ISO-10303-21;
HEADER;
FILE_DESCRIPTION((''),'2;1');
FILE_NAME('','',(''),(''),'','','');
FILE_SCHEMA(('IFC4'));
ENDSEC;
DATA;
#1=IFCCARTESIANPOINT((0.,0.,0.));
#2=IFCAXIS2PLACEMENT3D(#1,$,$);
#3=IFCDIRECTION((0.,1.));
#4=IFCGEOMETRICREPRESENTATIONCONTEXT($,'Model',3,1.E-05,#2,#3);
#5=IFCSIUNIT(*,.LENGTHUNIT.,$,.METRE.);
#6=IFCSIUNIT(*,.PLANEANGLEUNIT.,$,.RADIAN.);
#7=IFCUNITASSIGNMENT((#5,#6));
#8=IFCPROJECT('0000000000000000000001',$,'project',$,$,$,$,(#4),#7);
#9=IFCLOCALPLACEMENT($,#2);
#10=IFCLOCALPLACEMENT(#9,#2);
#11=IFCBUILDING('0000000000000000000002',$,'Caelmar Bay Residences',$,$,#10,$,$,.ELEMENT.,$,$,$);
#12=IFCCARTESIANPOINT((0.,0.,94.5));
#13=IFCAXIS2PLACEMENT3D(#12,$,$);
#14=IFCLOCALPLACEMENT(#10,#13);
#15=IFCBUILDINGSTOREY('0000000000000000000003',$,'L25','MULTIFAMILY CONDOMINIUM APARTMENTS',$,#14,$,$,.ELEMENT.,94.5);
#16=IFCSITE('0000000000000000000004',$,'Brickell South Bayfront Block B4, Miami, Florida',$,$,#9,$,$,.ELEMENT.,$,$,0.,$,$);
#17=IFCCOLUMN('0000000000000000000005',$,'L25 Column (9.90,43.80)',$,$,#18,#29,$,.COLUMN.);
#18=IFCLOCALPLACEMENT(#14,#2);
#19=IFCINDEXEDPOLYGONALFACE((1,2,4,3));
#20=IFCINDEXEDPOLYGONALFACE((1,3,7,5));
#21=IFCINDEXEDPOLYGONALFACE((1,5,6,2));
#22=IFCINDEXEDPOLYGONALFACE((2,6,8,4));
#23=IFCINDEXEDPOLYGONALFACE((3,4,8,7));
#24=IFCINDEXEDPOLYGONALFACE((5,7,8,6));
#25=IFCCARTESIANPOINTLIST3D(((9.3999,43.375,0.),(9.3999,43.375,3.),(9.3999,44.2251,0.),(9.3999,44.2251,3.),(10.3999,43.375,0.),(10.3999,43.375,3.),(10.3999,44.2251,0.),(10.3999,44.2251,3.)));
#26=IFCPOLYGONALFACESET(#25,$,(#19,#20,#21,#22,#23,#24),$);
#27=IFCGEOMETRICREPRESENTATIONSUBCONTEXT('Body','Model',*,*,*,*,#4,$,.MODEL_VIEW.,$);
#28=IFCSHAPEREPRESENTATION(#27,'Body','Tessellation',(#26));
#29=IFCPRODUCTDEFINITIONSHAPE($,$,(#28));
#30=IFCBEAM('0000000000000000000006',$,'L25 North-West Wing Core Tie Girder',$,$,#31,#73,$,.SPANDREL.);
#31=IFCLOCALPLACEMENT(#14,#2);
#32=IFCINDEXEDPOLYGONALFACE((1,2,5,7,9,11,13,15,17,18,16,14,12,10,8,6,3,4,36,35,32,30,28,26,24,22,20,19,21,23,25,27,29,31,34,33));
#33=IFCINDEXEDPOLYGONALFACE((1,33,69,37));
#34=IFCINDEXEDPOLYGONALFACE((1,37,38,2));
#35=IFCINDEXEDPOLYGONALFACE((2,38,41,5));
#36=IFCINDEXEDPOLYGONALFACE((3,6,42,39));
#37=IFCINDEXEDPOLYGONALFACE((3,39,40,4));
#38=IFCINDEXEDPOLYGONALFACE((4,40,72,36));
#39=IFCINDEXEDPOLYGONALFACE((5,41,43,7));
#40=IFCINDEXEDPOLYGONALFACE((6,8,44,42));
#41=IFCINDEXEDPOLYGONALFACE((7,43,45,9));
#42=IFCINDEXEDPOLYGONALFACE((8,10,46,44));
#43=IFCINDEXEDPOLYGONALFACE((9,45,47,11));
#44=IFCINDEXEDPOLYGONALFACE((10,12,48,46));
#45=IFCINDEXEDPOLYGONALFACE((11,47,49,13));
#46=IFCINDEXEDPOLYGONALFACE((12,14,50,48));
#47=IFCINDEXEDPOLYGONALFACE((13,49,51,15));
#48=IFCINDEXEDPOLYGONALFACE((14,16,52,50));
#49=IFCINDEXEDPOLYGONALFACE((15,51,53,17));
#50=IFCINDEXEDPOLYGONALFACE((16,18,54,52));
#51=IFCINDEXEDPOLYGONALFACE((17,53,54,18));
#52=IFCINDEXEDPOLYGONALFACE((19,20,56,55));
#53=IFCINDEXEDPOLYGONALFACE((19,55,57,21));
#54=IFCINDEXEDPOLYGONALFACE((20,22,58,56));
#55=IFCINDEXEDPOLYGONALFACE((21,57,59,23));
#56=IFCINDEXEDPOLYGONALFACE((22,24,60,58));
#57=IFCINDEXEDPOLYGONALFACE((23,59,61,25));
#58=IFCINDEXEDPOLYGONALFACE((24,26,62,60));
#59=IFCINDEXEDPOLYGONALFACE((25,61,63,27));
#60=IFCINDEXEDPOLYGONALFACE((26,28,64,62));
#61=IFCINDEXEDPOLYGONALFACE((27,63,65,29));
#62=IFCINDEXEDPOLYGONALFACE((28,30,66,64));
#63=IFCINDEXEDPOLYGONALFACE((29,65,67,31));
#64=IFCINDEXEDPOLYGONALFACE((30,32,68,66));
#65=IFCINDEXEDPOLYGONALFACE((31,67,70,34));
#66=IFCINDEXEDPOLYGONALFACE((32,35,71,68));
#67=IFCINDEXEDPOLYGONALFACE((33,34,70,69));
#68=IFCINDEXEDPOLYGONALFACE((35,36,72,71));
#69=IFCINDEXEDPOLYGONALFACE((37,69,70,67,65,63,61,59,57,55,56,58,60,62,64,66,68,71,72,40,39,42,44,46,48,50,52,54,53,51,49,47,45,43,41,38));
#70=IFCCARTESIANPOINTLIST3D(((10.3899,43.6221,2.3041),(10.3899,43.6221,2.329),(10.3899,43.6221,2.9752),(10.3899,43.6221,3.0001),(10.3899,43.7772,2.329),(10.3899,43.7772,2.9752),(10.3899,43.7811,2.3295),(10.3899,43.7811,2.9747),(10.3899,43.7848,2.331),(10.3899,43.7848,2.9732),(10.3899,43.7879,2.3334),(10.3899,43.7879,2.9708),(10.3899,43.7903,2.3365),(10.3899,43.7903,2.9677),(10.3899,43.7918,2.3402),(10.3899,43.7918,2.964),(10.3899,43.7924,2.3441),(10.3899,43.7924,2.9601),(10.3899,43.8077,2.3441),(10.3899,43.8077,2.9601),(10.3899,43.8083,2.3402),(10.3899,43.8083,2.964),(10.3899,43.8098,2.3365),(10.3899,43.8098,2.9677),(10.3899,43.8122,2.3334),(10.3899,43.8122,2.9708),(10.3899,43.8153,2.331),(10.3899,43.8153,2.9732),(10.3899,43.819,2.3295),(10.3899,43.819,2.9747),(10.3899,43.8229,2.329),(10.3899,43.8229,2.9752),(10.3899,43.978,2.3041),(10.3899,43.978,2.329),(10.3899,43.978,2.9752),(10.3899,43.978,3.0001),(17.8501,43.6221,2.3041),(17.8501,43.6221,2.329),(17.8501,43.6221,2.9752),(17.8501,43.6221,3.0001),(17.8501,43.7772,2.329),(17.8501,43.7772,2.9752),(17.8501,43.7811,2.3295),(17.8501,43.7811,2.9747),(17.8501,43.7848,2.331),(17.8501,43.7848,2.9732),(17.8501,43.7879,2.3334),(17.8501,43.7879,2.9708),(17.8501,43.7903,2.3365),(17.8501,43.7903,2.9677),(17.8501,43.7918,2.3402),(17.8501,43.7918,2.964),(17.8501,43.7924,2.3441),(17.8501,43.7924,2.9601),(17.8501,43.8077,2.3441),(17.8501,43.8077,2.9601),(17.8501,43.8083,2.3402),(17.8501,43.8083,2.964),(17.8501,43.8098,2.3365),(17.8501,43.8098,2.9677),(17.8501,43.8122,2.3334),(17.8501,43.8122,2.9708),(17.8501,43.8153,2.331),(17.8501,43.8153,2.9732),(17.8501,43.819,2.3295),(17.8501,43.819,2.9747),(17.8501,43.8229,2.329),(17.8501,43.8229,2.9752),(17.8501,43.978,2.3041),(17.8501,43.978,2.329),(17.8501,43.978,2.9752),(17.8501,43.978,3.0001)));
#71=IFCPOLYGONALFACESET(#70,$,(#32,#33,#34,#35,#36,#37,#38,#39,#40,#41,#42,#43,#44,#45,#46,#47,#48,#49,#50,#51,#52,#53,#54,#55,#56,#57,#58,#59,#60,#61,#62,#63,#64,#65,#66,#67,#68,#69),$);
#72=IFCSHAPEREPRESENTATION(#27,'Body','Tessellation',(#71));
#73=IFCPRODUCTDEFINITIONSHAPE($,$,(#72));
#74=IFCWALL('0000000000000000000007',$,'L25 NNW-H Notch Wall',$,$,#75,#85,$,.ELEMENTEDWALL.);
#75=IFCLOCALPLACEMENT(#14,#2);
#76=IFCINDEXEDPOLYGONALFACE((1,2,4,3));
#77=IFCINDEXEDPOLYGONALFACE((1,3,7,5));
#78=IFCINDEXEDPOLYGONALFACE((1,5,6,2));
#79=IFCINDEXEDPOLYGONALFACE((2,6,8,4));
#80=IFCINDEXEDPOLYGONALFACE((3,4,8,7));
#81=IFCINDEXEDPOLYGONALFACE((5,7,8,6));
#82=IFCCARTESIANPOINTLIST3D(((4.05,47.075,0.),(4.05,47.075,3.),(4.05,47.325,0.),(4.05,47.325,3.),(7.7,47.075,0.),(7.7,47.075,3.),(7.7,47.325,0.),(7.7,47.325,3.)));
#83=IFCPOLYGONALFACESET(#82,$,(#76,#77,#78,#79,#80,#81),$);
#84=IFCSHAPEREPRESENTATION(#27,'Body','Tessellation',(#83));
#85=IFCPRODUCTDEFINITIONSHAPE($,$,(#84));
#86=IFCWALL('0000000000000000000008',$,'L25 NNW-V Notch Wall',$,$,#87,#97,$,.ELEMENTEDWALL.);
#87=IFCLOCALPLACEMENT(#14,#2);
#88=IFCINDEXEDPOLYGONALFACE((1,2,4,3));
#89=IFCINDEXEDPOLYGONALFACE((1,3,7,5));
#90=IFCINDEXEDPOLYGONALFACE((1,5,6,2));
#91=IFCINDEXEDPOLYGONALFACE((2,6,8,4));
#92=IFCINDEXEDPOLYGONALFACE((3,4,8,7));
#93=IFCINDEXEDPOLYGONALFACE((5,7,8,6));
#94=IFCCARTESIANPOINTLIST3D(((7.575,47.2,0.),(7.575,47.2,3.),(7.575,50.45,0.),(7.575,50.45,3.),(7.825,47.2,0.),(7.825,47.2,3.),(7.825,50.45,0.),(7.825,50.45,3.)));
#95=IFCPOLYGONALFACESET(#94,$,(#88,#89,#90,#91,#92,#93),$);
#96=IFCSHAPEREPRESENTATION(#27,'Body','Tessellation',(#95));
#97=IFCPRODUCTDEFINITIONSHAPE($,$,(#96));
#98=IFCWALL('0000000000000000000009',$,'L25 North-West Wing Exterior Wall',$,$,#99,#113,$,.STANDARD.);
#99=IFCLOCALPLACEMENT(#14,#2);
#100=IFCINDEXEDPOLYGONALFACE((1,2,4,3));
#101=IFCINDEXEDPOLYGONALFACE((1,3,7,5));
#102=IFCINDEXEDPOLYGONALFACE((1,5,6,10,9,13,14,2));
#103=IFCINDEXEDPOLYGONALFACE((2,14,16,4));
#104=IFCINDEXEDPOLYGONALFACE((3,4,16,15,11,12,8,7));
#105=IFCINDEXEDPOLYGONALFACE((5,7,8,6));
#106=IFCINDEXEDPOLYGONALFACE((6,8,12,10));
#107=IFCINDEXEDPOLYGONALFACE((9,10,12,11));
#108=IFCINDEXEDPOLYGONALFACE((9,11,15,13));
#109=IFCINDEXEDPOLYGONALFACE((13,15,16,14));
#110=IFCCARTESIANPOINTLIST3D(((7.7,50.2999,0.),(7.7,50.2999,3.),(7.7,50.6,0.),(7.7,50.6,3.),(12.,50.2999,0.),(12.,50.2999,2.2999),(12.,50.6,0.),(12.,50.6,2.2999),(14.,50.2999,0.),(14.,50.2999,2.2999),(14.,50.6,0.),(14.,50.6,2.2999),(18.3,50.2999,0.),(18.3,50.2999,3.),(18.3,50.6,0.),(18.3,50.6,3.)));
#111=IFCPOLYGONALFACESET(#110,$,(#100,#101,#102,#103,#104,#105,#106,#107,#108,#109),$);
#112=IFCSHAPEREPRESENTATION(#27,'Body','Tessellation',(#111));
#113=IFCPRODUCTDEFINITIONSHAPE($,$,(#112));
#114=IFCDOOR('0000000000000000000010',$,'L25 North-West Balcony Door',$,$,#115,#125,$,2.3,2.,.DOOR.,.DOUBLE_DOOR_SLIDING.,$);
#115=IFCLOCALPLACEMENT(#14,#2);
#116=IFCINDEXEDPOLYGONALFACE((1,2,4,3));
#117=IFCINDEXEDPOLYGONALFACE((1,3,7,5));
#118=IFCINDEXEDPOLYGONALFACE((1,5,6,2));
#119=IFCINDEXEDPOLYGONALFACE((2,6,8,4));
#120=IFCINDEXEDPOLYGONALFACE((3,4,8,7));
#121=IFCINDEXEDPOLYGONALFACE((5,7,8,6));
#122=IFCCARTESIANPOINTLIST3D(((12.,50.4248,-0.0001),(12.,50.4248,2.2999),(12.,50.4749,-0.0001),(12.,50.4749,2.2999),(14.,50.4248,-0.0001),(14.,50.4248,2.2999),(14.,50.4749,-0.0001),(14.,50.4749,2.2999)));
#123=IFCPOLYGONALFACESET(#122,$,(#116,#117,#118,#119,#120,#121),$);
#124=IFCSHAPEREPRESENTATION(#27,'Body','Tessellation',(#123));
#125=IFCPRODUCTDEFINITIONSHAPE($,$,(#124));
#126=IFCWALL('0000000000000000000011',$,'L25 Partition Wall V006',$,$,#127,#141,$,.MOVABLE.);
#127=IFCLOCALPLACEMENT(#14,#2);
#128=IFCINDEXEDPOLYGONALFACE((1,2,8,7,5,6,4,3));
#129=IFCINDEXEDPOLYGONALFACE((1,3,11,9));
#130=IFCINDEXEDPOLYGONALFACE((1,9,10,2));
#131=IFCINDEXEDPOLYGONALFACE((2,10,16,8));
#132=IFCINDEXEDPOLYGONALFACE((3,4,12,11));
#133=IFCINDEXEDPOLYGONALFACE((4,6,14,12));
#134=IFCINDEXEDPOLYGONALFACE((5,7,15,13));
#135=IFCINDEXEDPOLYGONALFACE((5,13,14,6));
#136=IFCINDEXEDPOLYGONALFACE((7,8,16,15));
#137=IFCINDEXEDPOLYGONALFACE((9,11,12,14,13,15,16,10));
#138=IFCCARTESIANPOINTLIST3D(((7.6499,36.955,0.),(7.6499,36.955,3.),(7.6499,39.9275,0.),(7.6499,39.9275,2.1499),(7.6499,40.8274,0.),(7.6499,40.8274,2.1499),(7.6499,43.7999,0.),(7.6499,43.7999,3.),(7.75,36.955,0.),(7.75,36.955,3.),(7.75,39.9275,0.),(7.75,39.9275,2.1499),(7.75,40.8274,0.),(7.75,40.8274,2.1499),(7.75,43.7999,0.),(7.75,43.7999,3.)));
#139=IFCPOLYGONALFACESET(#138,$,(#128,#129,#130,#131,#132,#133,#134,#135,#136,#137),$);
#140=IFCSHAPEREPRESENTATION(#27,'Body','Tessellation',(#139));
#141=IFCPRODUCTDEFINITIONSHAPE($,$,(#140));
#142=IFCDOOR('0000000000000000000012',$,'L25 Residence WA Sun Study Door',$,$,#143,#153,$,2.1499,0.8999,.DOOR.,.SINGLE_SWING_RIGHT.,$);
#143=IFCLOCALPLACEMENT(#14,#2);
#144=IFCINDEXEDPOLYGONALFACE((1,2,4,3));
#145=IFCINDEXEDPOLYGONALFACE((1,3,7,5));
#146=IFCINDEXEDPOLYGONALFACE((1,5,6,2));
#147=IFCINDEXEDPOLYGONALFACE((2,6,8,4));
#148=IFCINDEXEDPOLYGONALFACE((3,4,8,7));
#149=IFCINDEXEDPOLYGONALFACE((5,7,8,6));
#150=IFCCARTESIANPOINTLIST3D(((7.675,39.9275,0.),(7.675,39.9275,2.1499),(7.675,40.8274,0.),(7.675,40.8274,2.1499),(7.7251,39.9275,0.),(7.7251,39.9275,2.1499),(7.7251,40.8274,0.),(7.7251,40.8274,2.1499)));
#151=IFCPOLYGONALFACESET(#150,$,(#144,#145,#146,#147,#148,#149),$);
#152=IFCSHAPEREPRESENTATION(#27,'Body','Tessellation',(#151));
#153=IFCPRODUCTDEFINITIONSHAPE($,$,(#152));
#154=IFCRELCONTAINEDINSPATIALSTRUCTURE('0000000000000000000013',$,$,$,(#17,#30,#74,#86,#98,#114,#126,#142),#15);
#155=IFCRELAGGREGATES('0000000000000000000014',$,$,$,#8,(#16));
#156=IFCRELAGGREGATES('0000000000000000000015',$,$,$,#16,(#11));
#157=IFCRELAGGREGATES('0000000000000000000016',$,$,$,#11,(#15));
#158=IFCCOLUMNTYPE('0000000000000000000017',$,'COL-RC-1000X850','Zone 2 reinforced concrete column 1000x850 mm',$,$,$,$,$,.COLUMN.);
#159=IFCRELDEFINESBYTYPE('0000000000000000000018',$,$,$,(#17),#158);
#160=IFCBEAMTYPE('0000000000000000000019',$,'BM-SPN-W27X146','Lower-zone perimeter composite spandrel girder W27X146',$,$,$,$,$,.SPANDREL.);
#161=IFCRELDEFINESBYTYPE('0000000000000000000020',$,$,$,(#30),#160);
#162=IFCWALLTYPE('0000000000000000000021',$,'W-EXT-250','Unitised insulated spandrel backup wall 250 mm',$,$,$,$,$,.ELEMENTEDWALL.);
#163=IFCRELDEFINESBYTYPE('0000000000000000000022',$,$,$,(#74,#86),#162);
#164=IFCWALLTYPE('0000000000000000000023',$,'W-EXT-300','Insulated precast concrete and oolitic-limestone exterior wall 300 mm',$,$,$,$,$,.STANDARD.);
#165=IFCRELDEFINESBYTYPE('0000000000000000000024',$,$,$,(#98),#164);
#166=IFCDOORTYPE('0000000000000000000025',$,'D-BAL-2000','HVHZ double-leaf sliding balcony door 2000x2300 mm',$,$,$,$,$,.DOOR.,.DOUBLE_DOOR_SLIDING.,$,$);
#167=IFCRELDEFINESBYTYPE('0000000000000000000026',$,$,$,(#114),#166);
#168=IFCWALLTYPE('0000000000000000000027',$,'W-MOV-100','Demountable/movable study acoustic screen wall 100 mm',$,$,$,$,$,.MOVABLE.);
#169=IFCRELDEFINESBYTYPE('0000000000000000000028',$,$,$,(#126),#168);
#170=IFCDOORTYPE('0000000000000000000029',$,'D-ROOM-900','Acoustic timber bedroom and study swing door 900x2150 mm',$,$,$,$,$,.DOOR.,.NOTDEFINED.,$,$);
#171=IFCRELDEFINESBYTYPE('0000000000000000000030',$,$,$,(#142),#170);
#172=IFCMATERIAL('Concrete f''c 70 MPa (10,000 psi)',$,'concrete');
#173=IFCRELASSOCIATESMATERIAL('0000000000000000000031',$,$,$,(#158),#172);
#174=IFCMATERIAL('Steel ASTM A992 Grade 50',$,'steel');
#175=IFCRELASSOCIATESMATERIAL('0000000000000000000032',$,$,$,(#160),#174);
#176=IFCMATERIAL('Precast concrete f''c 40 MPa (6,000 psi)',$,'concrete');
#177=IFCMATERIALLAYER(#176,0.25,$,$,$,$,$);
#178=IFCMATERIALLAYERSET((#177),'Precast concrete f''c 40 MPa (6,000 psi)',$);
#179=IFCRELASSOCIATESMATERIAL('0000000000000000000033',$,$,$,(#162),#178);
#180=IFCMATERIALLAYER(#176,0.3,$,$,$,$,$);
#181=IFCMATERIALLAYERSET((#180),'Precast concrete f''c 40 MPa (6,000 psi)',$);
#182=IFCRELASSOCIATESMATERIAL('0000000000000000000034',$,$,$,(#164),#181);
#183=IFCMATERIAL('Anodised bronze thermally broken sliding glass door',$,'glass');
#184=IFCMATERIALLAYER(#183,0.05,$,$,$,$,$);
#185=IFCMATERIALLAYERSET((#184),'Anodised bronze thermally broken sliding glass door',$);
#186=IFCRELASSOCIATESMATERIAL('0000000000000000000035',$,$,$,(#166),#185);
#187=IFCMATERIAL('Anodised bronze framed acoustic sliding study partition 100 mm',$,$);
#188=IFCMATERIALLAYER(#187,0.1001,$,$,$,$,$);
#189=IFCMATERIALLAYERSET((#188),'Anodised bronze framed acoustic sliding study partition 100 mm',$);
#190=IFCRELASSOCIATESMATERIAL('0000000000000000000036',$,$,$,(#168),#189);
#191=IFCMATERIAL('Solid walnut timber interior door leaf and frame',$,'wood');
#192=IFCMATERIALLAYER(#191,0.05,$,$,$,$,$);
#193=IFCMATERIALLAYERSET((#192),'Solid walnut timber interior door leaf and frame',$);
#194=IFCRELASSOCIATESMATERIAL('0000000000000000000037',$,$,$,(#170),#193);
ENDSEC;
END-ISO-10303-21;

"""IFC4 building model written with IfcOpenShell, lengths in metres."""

from ifc_helpers import new_model, si_unit, direction, frame, frame_2d, origin, origin_2d, place, context, subcontext, project, spatial, rectangle, i_section, extrude, material, layer, layer_set, material_profile, profile_set, type_object, element, fill, save


model = new_model("IFC4")

# Units and contexts
model_context = context("Model", 3, precision=1e-05, world=origin(), true_north=direction((0.0, 1.0)))
body_context = subcontext(model_context, "Body", "Model", "MODEL_VIEW")
ifc_project = project(units=[si_unit("LENGTHUNIT", "METRE"), si_unit("PLANEANGLEUNIT", "RADIAN")], contexts=[model_context])

# Site, building, storey
site_placement = place(None, origin())
site = spatial("IfcSite", under=ifc_project, at=site_placement, Name="Brickell South Bayfront Block B4, Miami, Florida", CompositionType="ELEMENT", RefElevation=0.0)
building_placement = place(site_placement, origin())
building = spatial("IfcBuilding", under=site, at=building_placement, Name="Caelmar Bay Residences", CompositionType="ELEMENT")
storey_placement = place(building_placement, frame((0.0, 0.0, 94.5)))
storey = spatial("IfcBuildingStorey", under=building, at=storey_placement, Name="L25", Description="MULTIFAMILY CONDOMINIUM APARTMENTS", CompositionType="ELEMENT", Elevation=94.5)

# Column
ifc_material_1 = material(Name="Concrete f'c 70 MPa (10,000 psi)", Category="concrete")
ifc_material_profile_1 = material_profile(ifc_material_1, rectangle(XDim=1.0, YDim=0.8501, at=origin_2d()), Name="RC-COL-1000X850")
ifc_profile_set_1 = profile_set([ifc_material_profile_1], Name="Concrete f'c 70 MPa (10,000 psi)")
column_type = type_object("IfcColumnType", Name="COL-RC-1000X850", Description="Zone 2 reinforced concrete column 1000x850 mm", PredefinedType="COLUMN", material=ifc_profile_set_1)
column_placement = place(storey_placement, frame((9.8999, 43.8, 0.0), z_axis=(0.0, 0.0, 1.0), x_axis=(1.0, 0.0, 0.0)))
element("IfcColumn", 1, at=column_placement, inside=storey, type_object=column_type, Name="L25 Column (9.90,43.80)", PredefinedType="COLUMN", context=body_context, shape_type="SweptSolid", body=[
    extrude(rectangle(XDim=1.0, YDim=0.8501, at=origin_2d()), origin(), (0.0, 0.0, 1.0), 3.0),
])

# Beam
ifc_material_2 = material(Name="Steel ASTM A992 Grade 50", Category="steel")
ifc_material_profile_2 = material_profile(ifc_material_2, i_section(OverallWidth=0.356, OverallDepth=0.696, WebThickness=0.0154, FlangeThickness=0.0249, FilletRadius=0.0151, at=origin_2d()), Name="W27X146")
ifc_profile_set_2 = profile_set([ifc_material_profile_2], Name="Steel ASTM A992 Grade 50")
beam_type = type_object("IfcBeamType", Name="BM-SPN-W27X146", Description="Lower-zone perimeter composite spandrel girder W27X146", PredefinedType="SPANDREL", material=ifc_profile_set_2)
beam_placement = place(storey_placement, frame((10.3899, 43.8, 2.6521), z_axis=(1.0, 0.0, 0.0), x_axis=(0.0, 1.0, 0.0)))
element("IfcBeam", 2, at=beam_placement, inside=storey, type_object=beam_type, Name="L25 North-West Wing Core Tie Girder", PredefinedType="SPANDREL", context=body_context, shape_type="SweptSolid", body=[
    extrude(i_section(OverallWidth=0.356, OverallDepth=0.696, WebThickness=0.0154, FlangeThickness=0.0249, FilletRadius=0.0151, at=origin_2d()), origin(), (0.0, 0.0, 1.0), 7.4602),
])

# Walls
ifc_material_3 = material(Name="Precast concrete f'c 40 MPa (6,000 psi)", Category="concrete")
ifc_layer_1 = layer(ifc_material_3, 0.25)
ifc_layer_set_1 = layer_set([ifc_layer_1], Name="Precast concrete f'c 40 MPa (6,000 psi)")
wall_type_1 = type_object("IfcWallType", Name="W-EXT-250", Description="Unitised insulated spandrel backup wall 250 mm", PredefinedType="ELEMENTEDWALL", material=ifc_layer_set_1)
wall_1_placement = place(storey_placement, frame((4.05, 47.2, 0.0), z_axis=(0.0, 0.0, 1.0), x_axis=(1.0, 0.0, 0.0)))
element("IfcWall", 3, at=wall_1_placement, inside=storey, type_object=wall_type_1, Name="L25 NNW-H Notch Wall", PredefinedType="ELEMENTEDWALL", context=body_context, shape_type="SweptSolid", body=[
    extrude(rectangle(XDim=3.6499, YDim=0.25, at=frame_2d((1.825, 0.0))), origin(), (0.0, 0.0, 1.0), 3.0),
])
wall_2_placement = place(storey_placement, frame((7.7, 47.2, 0.0), z_axis=(0.0, 0.0, 1.0), x_axis=(0.0, 1.0, 0.0)))
element("IfcWall", 4, at=wall_2_placement, inside=storey, type_object=wall_type_1, Name="L25 NNW-V Notch Wall", PredefinedType="ELEMENTEDWALL", context=body_context, shape_type="SweptSolid", body=[
    extrude(rectangle(XDim=3.25, YDim=0.25, at=frame_2d((1.625, 0.0))), origin(), (0.0, 0.0, 1.0), 3.0),
])

# Walls, openings, doors
ifc_layer_2 = layer(ifc_material_3, 0.3)
ifc_layer_set_2 = layer_set([ifc_layer_2], Name="Precast concrete f'c 40 MPa (6,000 psi)")
wall_type_2 = type_object("IfcWallType", Name="W-EXT-300", Description="Insulated precast concrete and oolitic-limestone exterior wall 300 mm", PredefinedType="STANDARD", material=ifc_layer_set_2)
wall_3_placement = place(storey_placement, frame((7.7, 50.45, 0.0), z_axis=(0.0, 0.0, 1.0), x_axis=(1.0, 0.0, 0.0)))
wall_3 = element("IfcWall", 5, at=wall_3_placement, inside=storey, type_object=wall_type_2, Name="L25 North-West Wing Exterior Wall", PredefinedType="STANDARD", context=body_context, shape_type="SweptSolid", body=[
    extrude(rectangle(XDim=10.6001, YDim=0.3, at=frame_2d((5.3, 0.0))), origin(), (0.0, 0.0, 1.0), 3.0),
])
opening_1_placement = place(wall_3_placement, frame((4.3, 0.0, 0.0)))
opening_1 = element("IfcOpeningElement", 6, at=opening_1_placement, cuts=wall_3, PredefinedType="OPENING", context=body_context, shape_type="SweptSolid", body=[
    extrude(rectangle(XDim=2.0, YDim=2.3, at=frame_2d((1.0, 1.1499))), frame((0.0, 0.1599, 0.0), z_axis=(0.0, -1.0, 0.0), x_axis=(1.0, 0.0, 0.0)), (0.0, 0.0, 1.0), 0.3201),
])
ifc_material_4 = material(Name="Anodised bronze thermally broken sliding glass door", Category="glass")
ifc_layer_3 = layer(ifc_material_4, 0.05)
ifc_layer_set_3 = layer_set([ifc_layer_3], Name="Anodised bronze thermally broken sliding glass door")
door_type_1 = type_object("IfcDoorType", Name="D-BAL-2000", Description="HVHZ double-leaf sliding balcony door 2000x2300 mm", OperationType="DOUBLE_DOOR_SLIDING", PredefinedType="DOOR", material=ifc_layer_set_3)
door_1_placement = place(opening_1_placement, origin())
door_1 = element("IfcDoor", 7, at=door_1_placement, inside=storey, type_object=door_type_1, Name="L25 North-West Balcony Door", OperationType="DOUBLE_DOOR_SLIDING", OverallHeight=2.3, OverallWidth=2.0, PredefinedType="DOOR", context=body_context, shape_type="SweptSolid", body=[
    extrude(rectangle(XDim=2.0, YDim=2.3, at=frame_2d((1.0, 1.1499))), frame((0.0, 0.0249, 0.0), z_axis=(0.0, -1.0, 0.0), x_axis=(1.0, 0.0, 0.0)), (0.0, 0.0, 1.0), 0.05),
])
fill(opening_1, door_1)
ifc_material_5 = material(Name="Anodised bronze framed acoustic sliding study partition 100 mm")
ifc_layer_4 = layer(ifc_material_5, 0.1001)
ifc_layer_set_4 = layer_set([ifc_layer_4], Name="Anodised bronze framed acoustic sliding study partition 100 mm")
wall_type_3 = type_object("IfcWallType", Name="W-MOV-100", Description="Demountable/movable study acoustic screen wall 100 mm", PredefinedType="MOVABLE", material=ifc_layer_set_4)
wall_4_placement = place(storey_placement, frame((7.7, 36.9551, 0.0), z_axis=(0.0, 0.0, 1.0), x_axis=(0.0, 1.0, 0.0)))
wall_4 = element("IfcWall", 8, at=wall_4_placement, inside=storey, type_object=wall_type_3, Name="L25 Partition Wall V006", PredefinedType="MOVABLE", context=body_context, shape_type="SweptSolid", body=[
    extrude(rectangle(XDim=6.845, YDim=0.1001, at=frame_2d((3.4224, 0.0))), origin(), (0.0, 0.0, 1.0), 3.0),
])
opening_2_placement = place(wall_4_placement, frame((2.9724, 0.0, 0.0)))
opening_2 = element("IfcOpeningElement", 9, at=opening_2_placement, cuts=wall_4, PredefinedType="OPENING", context=body_context, shape_type="SweptSolid", body=[
    extrude(rectangle(XDim=0.8999, YDim=2.1499, at=frame_2d((0.45, 1.075))), frame((0.0, 0.0601, 0.0), z_axis=(0.0, -1.0, 0.0), x_axis=(1.0, 0.0, 0.0)), (0.0, 0.0, 1.0), 0.1201),
])
ifc_material_6 = material(Name="Solid walnut timber interior door leaf and frame", Category="wood")
ifc_layer_5 = layer(ifc_material_6, 0.05)
ifc_layer_set_5 = layer_set([ifc_layer_5], Name="Solid walnut timber interior door leaf and frame")
door_type_2 = type_object("IfcDoorType", Name="D-ROOM-900", Description="Acoustic timber bedroom and study swing door 900x2150 mm", OperationType="NOTDEFINED", PredefinedType="DOOR", material=ifc_layer_set_5)
door_2_placement = place(opening_2_placement, origin())
door_2 = element("IfcDoor", 10, at=door_2_placement, inside=storey, type_object=door_type_2, Name="L25 Residence WA Sun Study Door", OperationType="SINGLE_SWING_RIGHT", OverallHeight=2.1499, OverallWidth=0.8999, PredefinedType="DOOR", context=body_context, shape_type="SweptSolid", body=[
    extrude(rectangle(XDim=0.8999, YDim=2.1499, at=frame_2d((0.45, 1.075))), frame((0.0, 0.0249, 0.0), z_axis=(0.0, -1.0, 0.0), x_axis=(1.0, 0.0, 0.0)), (0.0, 0.0, 1.0), 0.05),
])
fill(opening_2, door_2)

save(model, "model.ifc")
